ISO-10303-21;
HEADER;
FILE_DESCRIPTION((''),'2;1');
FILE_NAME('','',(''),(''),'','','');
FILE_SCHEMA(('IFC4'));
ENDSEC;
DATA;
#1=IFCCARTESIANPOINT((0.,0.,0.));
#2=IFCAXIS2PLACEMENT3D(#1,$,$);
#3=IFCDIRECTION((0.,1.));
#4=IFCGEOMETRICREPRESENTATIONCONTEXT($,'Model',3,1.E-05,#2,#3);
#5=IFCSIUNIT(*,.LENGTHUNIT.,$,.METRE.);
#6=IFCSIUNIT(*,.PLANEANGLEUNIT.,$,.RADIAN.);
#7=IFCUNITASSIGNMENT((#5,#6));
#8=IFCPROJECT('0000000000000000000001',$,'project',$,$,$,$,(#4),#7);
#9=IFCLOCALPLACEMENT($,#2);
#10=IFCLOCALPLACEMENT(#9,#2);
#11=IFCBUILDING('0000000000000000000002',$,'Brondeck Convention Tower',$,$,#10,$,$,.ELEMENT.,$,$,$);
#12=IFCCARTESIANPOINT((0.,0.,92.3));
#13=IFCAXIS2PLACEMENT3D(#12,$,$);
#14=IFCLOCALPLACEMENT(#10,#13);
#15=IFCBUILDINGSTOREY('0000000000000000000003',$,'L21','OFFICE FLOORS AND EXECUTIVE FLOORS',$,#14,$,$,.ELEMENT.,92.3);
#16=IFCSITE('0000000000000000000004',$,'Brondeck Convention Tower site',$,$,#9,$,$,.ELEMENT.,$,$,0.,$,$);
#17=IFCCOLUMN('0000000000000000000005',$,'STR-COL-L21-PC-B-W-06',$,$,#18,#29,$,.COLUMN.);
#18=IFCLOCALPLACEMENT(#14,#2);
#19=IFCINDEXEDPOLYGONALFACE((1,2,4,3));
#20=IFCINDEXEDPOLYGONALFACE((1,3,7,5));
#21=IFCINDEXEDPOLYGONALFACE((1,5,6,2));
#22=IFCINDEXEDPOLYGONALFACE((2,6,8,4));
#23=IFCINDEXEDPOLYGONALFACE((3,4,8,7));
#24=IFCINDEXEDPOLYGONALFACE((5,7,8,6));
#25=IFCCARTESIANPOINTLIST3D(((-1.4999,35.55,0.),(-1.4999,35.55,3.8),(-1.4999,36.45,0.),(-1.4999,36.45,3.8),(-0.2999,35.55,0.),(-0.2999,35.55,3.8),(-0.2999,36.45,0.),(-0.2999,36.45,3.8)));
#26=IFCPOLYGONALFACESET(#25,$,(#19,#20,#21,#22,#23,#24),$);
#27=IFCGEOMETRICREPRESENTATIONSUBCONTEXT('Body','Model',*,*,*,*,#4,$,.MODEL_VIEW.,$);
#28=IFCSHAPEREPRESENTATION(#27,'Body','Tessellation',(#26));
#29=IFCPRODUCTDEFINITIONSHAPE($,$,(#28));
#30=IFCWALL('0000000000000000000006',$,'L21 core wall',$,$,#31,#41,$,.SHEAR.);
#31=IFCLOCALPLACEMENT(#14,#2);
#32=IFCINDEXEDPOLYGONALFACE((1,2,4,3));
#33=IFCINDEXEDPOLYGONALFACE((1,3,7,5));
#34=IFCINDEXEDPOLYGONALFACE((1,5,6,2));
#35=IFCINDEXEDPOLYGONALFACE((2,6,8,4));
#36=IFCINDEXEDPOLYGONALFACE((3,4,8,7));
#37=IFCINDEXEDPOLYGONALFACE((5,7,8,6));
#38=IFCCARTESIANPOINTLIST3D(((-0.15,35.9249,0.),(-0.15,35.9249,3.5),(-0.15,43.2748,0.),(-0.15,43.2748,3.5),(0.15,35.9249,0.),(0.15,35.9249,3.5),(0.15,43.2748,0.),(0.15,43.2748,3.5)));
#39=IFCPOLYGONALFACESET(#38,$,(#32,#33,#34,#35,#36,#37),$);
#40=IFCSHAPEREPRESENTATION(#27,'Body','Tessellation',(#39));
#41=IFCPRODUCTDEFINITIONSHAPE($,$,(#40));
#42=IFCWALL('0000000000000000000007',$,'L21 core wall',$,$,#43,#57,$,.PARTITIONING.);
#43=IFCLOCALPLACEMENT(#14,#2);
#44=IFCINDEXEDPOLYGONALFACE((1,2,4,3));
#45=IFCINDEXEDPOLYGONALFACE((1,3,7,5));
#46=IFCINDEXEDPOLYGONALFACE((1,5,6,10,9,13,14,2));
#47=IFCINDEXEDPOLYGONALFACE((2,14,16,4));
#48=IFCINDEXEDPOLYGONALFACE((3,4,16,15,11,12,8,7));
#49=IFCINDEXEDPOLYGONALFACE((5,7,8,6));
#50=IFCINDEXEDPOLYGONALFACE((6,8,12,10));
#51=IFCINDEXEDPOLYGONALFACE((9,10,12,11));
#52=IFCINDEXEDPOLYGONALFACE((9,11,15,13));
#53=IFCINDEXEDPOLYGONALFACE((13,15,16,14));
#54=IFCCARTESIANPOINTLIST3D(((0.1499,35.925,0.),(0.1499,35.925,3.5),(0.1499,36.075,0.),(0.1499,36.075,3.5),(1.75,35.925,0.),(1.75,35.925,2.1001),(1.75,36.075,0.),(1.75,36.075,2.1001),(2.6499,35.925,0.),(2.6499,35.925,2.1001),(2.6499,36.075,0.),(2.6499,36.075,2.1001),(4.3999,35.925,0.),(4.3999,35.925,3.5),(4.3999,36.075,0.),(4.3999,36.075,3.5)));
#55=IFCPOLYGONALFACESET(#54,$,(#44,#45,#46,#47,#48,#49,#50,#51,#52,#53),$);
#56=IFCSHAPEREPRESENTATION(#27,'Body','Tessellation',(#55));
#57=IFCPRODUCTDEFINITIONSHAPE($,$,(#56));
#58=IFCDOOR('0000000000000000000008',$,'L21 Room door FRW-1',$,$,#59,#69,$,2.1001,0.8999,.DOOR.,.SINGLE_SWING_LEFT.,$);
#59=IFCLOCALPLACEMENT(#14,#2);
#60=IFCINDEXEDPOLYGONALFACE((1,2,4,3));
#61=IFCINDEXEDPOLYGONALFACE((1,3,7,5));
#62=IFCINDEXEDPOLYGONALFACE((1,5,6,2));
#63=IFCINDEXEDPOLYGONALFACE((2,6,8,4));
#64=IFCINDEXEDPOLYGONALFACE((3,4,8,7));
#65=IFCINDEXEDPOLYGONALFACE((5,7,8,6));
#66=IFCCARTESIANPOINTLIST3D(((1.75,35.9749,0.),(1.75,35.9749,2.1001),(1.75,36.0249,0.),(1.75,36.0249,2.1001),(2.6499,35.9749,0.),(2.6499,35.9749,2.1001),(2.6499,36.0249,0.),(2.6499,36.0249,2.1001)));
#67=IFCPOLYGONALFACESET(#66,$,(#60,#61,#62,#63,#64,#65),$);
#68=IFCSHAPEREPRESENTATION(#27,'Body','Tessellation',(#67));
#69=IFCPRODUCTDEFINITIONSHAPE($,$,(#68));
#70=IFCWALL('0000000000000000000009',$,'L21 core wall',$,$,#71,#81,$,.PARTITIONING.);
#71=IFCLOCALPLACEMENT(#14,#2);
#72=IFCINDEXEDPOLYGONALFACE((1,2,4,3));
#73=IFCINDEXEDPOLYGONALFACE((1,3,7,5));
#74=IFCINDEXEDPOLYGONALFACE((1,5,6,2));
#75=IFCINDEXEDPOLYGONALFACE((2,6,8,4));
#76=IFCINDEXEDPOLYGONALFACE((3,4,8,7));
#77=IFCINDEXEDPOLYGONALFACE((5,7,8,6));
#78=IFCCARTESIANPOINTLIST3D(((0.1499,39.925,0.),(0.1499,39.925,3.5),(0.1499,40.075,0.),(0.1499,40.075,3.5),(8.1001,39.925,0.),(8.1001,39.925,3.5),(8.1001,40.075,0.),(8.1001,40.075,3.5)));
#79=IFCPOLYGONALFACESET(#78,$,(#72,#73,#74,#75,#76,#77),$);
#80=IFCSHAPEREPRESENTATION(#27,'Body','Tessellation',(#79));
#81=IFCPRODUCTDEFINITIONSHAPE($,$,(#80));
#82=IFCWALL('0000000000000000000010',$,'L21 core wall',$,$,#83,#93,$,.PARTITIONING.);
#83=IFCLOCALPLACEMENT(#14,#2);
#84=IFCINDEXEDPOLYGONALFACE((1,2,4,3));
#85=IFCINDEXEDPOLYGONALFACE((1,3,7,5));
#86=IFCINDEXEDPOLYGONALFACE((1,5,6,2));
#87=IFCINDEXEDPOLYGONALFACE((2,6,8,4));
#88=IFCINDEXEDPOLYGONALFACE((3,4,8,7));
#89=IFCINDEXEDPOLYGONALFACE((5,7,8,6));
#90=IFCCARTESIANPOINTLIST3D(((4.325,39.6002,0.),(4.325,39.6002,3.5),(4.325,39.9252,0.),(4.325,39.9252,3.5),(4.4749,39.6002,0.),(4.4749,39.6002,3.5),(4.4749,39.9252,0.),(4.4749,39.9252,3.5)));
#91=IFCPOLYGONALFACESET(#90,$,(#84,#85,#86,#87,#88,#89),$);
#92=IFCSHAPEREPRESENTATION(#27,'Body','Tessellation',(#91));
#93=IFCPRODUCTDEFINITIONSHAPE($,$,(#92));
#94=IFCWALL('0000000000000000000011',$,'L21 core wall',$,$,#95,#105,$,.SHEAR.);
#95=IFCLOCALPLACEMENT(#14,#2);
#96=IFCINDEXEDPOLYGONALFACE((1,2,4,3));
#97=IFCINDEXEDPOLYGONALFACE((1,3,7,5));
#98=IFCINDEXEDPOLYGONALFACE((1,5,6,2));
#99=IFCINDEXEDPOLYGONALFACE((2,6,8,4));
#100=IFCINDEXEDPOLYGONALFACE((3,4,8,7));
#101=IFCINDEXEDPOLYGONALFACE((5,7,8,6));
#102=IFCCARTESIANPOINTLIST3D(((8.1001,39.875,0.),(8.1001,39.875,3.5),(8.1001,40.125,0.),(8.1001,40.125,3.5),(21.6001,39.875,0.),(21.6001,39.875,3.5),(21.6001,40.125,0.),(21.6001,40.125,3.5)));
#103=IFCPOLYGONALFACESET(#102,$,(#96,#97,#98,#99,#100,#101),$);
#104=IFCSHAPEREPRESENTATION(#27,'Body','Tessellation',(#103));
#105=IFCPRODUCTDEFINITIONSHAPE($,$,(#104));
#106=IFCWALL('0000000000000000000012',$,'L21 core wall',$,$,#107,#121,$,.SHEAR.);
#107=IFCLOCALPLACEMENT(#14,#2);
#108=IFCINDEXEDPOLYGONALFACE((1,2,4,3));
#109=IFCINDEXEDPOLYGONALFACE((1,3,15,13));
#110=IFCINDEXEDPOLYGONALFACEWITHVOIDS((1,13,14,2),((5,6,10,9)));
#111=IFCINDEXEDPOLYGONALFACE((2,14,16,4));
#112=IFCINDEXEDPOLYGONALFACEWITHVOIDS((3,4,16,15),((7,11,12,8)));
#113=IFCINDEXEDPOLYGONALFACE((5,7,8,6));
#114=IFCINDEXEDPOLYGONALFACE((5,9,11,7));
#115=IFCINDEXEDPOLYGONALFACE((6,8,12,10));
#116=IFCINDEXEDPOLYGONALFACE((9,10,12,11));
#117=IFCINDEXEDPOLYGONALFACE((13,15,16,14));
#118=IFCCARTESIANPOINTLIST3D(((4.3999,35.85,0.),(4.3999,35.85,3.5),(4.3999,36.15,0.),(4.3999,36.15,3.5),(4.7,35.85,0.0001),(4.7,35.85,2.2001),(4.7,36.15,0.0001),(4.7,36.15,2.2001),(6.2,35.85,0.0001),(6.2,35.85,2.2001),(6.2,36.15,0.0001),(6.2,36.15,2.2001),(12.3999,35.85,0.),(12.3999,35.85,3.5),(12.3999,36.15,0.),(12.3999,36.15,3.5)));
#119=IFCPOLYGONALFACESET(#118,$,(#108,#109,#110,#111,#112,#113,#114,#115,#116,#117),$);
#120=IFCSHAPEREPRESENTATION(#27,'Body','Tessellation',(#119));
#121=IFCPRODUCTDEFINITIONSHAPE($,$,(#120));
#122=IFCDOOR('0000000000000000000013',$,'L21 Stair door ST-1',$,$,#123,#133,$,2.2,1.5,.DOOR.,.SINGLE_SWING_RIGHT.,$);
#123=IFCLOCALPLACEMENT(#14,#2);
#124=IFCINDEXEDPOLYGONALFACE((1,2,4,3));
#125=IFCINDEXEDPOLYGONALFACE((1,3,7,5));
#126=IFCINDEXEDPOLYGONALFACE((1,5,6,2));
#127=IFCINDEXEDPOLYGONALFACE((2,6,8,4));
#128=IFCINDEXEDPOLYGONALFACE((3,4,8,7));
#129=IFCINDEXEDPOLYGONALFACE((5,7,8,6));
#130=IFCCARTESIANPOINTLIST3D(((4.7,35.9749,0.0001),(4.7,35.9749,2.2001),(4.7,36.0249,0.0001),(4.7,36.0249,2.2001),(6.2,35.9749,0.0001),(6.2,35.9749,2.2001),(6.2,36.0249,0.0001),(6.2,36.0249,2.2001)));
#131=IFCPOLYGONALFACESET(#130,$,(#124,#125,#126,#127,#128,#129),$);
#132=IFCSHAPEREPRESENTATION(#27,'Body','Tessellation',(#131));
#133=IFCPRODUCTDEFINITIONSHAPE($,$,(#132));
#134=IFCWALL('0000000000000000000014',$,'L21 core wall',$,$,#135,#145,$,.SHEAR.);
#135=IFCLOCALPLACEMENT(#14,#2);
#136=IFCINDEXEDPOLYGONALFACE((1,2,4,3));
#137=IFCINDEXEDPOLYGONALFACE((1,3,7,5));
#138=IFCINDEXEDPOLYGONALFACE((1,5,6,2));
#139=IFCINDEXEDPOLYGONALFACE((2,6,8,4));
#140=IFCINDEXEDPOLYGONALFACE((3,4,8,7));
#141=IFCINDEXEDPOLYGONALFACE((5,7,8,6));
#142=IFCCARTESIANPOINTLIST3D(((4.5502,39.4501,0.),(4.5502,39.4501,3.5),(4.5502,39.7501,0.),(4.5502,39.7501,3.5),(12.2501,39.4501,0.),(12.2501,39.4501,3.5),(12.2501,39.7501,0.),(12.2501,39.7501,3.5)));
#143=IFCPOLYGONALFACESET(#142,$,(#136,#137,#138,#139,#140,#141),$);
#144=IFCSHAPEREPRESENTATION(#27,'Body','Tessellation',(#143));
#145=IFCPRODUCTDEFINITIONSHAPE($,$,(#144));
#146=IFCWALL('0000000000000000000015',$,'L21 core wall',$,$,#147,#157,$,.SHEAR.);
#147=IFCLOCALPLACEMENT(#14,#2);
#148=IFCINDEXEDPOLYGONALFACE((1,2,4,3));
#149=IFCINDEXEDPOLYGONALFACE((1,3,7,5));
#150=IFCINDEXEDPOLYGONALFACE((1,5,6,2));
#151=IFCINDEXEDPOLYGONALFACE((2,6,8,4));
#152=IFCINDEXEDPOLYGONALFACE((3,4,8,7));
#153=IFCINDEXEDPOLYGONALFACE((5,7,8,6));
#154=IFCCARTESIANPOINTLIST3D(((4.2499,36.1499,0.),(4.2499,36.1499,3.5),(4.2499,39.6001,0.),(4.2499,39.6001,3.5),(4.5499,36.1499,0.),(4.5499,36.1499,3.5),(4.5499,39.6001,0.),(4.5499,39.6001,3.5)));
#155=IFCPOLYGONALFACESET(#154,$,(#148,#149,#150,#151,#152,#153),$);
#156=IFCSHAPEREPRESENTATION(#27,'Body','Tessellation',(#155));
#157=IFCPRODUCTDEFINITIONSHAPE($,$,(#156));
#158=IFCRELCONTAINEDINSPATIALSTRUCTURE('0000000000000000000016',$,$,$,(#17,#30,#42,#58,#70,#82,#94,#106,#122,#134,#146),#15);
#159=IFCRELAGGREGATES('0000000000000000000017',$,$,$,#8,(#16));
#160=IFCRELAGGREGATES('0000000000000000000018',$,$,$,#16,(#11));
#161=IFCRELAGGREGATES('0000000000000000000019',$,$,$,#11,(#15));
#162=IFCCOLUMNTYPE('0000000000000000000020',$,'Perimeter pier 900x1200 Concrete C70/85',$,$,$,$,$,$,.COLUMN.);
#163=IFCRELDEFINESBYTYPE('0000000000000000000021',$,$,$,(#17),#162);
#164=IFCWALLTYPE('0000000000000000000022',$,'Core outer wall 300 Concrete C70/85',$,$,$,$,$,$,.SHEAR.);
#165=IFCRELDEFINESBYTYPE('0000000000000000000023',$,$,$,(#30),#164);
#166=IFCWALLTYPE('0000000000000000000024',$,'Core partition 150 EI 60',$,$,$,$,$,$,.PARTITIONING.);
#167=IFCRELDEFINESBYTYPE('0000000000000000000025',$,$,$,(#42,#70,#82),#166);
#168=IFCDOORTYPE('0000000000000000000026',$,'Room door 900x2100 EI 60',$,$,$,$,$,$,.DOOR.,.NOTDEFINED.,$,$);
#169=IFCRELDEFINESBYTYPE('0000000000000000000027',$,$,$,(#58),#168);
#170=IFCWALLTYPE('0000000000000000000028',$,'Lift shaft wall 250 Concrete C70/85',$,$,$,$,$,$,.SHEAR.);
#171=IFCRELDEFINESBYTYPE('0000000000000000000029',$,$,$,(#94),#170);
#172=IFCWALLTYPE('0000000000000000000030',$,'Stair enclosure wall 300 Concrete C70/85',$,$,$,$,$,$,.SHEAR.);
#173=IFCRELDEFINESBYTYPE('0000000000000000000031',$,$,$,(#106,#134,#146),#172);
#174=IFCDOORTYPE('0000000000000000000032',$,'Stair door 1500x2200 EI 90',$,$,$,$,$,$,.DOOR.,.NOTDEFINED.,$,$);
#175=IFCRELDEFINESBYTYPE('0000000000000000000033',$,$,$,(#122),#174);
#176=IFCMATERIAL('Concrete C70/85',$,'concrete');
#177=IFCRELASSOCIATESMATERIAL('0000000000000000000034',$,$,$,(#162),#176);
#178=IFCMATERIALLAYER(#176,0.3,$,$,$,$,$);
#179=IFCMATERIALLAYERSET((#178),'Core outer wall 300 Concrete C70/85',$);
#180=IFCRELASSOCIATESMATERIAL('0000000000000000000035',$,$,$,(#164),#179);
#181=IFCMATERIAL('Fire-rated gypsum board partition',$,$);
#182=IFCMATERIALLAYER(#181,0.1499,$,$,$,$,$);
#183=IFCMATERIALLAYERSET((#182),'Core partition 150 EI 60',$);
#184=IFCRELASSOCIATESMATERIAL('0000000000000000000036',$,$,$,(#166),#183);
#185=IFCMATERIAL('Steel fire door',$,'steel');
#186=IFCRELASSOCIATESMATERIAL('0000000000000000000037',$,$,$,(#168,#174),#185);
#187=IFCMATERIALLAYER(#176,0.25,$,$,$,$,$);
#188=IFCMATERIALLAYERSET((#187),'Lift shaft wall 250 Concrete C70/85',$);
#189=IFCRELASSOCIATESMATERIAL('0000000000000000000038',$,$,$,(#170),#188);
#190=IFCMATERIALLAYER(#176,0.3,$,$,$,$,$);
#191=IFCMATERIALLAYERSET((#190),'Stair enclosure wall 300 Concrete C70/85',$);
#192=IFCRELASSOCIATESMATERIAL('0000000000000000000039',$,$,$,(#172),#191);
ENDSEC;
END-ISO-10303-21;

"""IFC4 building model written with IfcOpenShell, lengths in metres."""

from ifc_helpers import new_model, si_unit, direction, frame, frame_2d, origin, origin_2d, place, context, subcontext, project, spatial, rectangle, extrude, material, layer, layer_set, material_profile, profile_set, type_object, element, fill, save


model = new_model("IFC4")

# Units and contexts
model_context = context("Model", 3, precision=1e-05, world=origin(), true_north=direction((0.0, 1.0)))
body_context = subcontext(model_context, "Body", "Model", "MODEL_VIEW")
ifc_project = project(units=[si_unit("LENGTHUNIT", "METRE"), si_unit("PLANEANGLEUNIT", "RADIAN")], contexts=[model_context])

# Site, building, storey
site_placement = place(None, origin())
site = spatial("IfcSite", under=ifc_project, at=site_placement, Name="Brondeck Convention Tower site", CompositionType="ELEMENT", RefElevation=0.0)
building_placement = place(site_placement, origin())
building = spatial("IfcBuilding", under=site, at=building_placement, Name="Brondeck Convention Tower", CompositionType="ELEMENT")
storey_placement = place(building_placement, frame((0.0, 0.0, 92.3)))
storey = spatial("IfcBuildingStorey", under=building, at=storey_placement, Name="L21", Description="OFFICE FLOORS AND EXECUTIVE FLOORS", CompositionType="ELEMENT", Elevation=92.3)

# Column
ifc_material_1 = material(Name="Concrete C70/85", Category="concrete")
ifc_material_profile = material_profile(ifc_material_1, rectangle(XDim=0.8999, YDim=1.2, at=origin_2d()), Name="Perimeter pier 900x1200 Concrete C70/85")
ifc_profile_set = profile_set([ifc_material_profile], Name="Concrete C70/85")
column_type = type_object("IfcColumnType", Name="Perimeter pier 900x1200 Concrete C70/85", PredefinedType="COLUMN", material=ifc_profile_set)
column_placement = place(storey_placement, frame((-0.8999, 36.0, 0.0), z_axis=(0.0, 0.0, 1.0), x_axis=(0.0, -1.0, 0.0)))
element("IfcColumn", 1, at=column_placement, inside=storey, type_object=column_type, Name="STR-COL-L21-PC-B-W-06", PredefinedType="COLUMN", context=body_context, shape_type="SweptSolid", body=[
    extrude(rectangle(XDim=0.8999, YDim=1.2, at=origin_2d()), origin(), (0.0, 0.0, 1.0), 3.8),
])

# Wall
ifc_layer_1 = layer(ifc_material_1, 0.3)
ifc_layer_set_1 = layer_set([ifc_layer_1], Name="Core outer wall 300 Concrete C70/85")
wall_type_1 = type_object("IfcWallType", Name="Core outer wall 300 Concrete C70/85", PredefinedType="SHEAR", material=ifc_layer_set_1)
wall_1_placement = place(storey_placement, frame((0.0, 35.925, 0.0), z_axis=(0.0, 0.0, 1.0), x_axis=(0.0, 1.0, 0.0)))
element("IfcWall", 2, at=wall_1_placement, inside=storey, type_object=wall_type_1, Name="L21 core wall", PredefinedType="SHEAR", context=body_context, shape_type="SweptSolid", body=[
    extrude(rectangle(XDim=7.3499, YDim=0.3, at=frame_2d((3.6748, 0.0))), origin(), (0.0, 0.0, 1.0), 3.5),
])

# Wall, opening, door
ifc_material_2 = material(Name="Fire-rated gypsum board partition")
ifc_layer_2 = layer(ifc_material_2, 0.1499)
ifc_layer_set_2 = layer_set([ifc_layer_2], Name="Core partition 150 EI 60")
wall_type_2 = type_object("IfcWallType", Name="Core partition 150 EI 60", PredefinedType="PARTITIONING", material=ifc_layer_set_2)
wall_2_placement = place(storey_placement, frame((0.1499, 36.0, 0.0), z_axis=(0.0, 0.0, 1.0), x_axis=(1.0, 0.0, 0.0)))
wall_2 = element("IfcWall", 3, at=wall_2_placement, inside=storey, type_object=wall_type_2, Name="L21 core wall", PredefinedType="PARTITIONING", context=body_context, shape_type="SweptSolid", body=[
    extrude(rectangle(XDim=4.25, YDim=0.1499, at=frame_2d((2.125, 0.0))), origin(), (0.0, 0.0, 1.0), 3.5),
])
opening_1_placement = place(wall_2_placement, frame((1.6001, 0.0, 0.0)))
opening_1 = element("IfcOpeningElement", 4, at=opening_1_placement, cuts=wall_2, PredefinedType="OPENING", context=body_context, shape_type="SweptSolid", body=[
    extrude(rectangle(XDim=0.8999, YDim=2.1001, at=frame_2d((0.45, 1.05))), frame((0.0, 0.085, 0.0), z_axis=(0.0, -1.0, 0.0), x_axis=(1.0, 0.0, 0.0)), (0.0, 0.0, 1.0), 0.1699),
])
ifc_material_3 = material(Name="Steel fire door", Category="steel")
door_type_1 = type_object("IfcDoorType", Name="Room door 900x2100 EI 60", OperationType="NOTDEFINED", PredefinedType="DOOR", material=ifc_material_3)
door_1_placement = place(opening_1_placement, origin())
door_1 = element("IfcDoor", 5, at=door_1_placement, inside=storey, type_object=door_type_1, Name="L21 Room door FRW-1", OperationType="SINGLE_SWING_LEFT", OverallHeight=2.1001, OverallWidth=0.8999, PredefinedType="DOOR", context=body_context, shape_type="SweptSolid", body=[
    extrude(rectangle(XDim=0.8999, YDim=2.1001, at=frame_2d((0.45, 1.05))), frame((0.0, 0.0249, 0.0), z_axis=(0.0, -1.0, 0.0), x_axis=(1.0, 0.0, 0.0)), (0.0, 0.0, 1.0), 0.05),
])
fill(opening_1, door_1)

# Walls
wall_3_placement = place(storey_placement, frame((0.1499, 40.0, 0.0), z_axis=(0.0, 0.0, 1.0), x_axis=(1.0, 0.0, 0.0)))
element("IfcWall", 6, at=wall_3_placement, inside=storey, type_object=wall_type_2, Name="L21 core wall", PredefinedType="PARTITIONING", context=body_context, shape_type="SweptSolid", body=[
    extrude(rectangle(XDim=7.9502, YDim=0.1499, at=frame_2d((3.9751, 0.0))), origin(), (0.0, 0.0, 1.0), 3.5),
])
wall_4_placement = place(storey_placement, frame((4.3999, 39.6001, 0.0), z_axis=(0.0, 0.0, 1.0), x_axis=(0.0, 1.0, 0.0)))
element("IfcWall", 7, at=wall_4_placement, inside=storey, type_object=wall_type_2, Name="L21 core wall", PredefinedType="PARTITIONING", context=body_context, shape_type="SweptSolid", body=[
    extrude(rectangle(XDim=0.325, YDim=0.1499, at=frame_2d((0.1626, 0.0))), origin(), (0.0, 0.0, 1.0), 3.5),
])
ifc_layer_3 = layer(ifc_material_1, 0.25)
ifc_layer_set_3 = layer_set([ifc_layer_3], Name="Lift shaft wall 250 Concrete C70/85")
wall_type_3 = type_object("IfcWallType", Name="Lift shaft wall 250 Concrete C70/85", PredefinedType="SHEAR", material=ifc_layer_set_3)
wall_5_placement = place(storey_placement, frame((8.1001, 40.0, 0.0), z_axis=(0.0, 0.0, 1.0), x_axis=(1.0, 0.0, 0.0)))
element("IfcWall", 8, at=wall_5_placement, inside=storey, type_object=wall_type_3, Name="L21 core wall", PredefinedType="SHEAR", context=body_context, shape_type="SweptSolid", body=[
    extrude(rectangle(XDim=13.5, YDim=0.25, at=frame_2d((6.75, 0.0))), origin(), (0.0, 0.0, 1.0), 3.5),
])

# Wall, opening, door
ifc_layer_4 = layer(ifc_material_1, 0.3)
ifc_layer_set_4 = layer_set([ifc_layer_4], Name="Stair enclosure wall 300 Concrete C70/85")
wall_type_4 = type_object("IfcWallType", Name="Stair enclosure wall 300 Concrete C70/85", PredefinedType="SHEAR", material=ifc_layer_set_4)
wall_6_placement = place(storey_placement, frame((4.3999, 36.0, 0.0), z_axis=(0.0, 0.0, 1.0), x_axis=(1.0, 0.0, 0.0)))
wall_6 = element("IfcWall", 9, at=wall_6_placement, inside=storey, type_object=wall_type_4, Name="L21 core wall", PredefinedType="SHEAR", context=body_context, shape_type="SweptSolid", body=[
    extrude(rectangle(XDim=8.0, YDim=0.3, at=frame_2d((4.0, 0.0))), origin(), (0.0, 0.0, 1.0), 3.5),
])
opening_2_placement = place(wall_6_placement, frame((0.3, 0.0, 0.0)))
opening_2 = element("IfcOpeningElement", 10, at=opening_2_placement, cuts=wall_6, PredefinedType="OPENING", context=body_context, shape_type="SweptSolid", body=[
    extrude(rectangle(XDim=1.5, YDim=2.2, at=frame_2d((0.75, 1.1001))), frame((0.0, 0.1599, 0.0), z_axis=(0.0, -1.0, 0.0), x_axis=(1.0, 0.0, 0.0)), (0.0, 0.0, 1.0), 0.3201),
])
door_type_2 = type_object("IfcDoorType", Name="Stair door 1500x2200 EI 90", OperationType="NOTDEFINED", PredefinedType="DOOR", material=ifc_material_3)
door_2_placement = place(opening_2_placement, origin())
door_2 = element("IfcDoor", 11, at=door_2_placement, inside=storey, type_object=door_type_2, Name="L21 Stair door ST-1", OperationType="SINGLE_SWING_RIGHT", OverallHeight=2.2, OverallWidth=1.5, PredefinedType="DOOR", context=body_context, shape_type="SweptSolid", body=[
    extrude(rectangle(XDim=1.5, YDim=2.2, at=frame_2d((0.75, 1.1001))), frame((0.0, 0.0249, 0.0), z_axis=(0.0, -1.0, 0.0), x_axis=(1.0, 0.0, 0.0)), (0.0, 0.0, 1.0), 0.05),
])
fill(opening_2, door_2)

# Walls
wall_7_placement = place(storey_placement, frame((4.55, 39.6001, 0.0), z_axis=(0.0, 0.0, 1.0), x_axis=(1.0, 0.0, 0.0)))
element("IfcWall", 12, at=wall_7_placement, inside=storey, type_object=wall_type_4, Name="L21 core wall", PredefinedType="SHEAR", context=body_context, shape_type="SweptSolid", body=[
    extrude(rectangle(XDim=7.7, YDim=0.3, at=frame_2d((3.8501, 0.0))), origin(), (0.0, 0.0, 1.0), 3.5),
])
wall_8_placement = place(storey_placement, frame((4.3999, 36.1499, 0.0), z_axis=(0.0, 0.0, 1.0), x_axis=(0.0, 1.0, 0.0)))
element("IfcWall", 13, at=wall_8_placement, inside=storey, type_object=wall_type_4, Name="L21 core wall", PredefinedType="SHEAR", context=body_context, shape_type="SweptSolid", body=[
    extrude(rectangle(XDim=3.4502, YDim=0.3, at=frame_2d((1.7251, 0.0))), origin(), (0.0, 0.0, 1.0), 3.5),
])

save(model, "model.ifc")
